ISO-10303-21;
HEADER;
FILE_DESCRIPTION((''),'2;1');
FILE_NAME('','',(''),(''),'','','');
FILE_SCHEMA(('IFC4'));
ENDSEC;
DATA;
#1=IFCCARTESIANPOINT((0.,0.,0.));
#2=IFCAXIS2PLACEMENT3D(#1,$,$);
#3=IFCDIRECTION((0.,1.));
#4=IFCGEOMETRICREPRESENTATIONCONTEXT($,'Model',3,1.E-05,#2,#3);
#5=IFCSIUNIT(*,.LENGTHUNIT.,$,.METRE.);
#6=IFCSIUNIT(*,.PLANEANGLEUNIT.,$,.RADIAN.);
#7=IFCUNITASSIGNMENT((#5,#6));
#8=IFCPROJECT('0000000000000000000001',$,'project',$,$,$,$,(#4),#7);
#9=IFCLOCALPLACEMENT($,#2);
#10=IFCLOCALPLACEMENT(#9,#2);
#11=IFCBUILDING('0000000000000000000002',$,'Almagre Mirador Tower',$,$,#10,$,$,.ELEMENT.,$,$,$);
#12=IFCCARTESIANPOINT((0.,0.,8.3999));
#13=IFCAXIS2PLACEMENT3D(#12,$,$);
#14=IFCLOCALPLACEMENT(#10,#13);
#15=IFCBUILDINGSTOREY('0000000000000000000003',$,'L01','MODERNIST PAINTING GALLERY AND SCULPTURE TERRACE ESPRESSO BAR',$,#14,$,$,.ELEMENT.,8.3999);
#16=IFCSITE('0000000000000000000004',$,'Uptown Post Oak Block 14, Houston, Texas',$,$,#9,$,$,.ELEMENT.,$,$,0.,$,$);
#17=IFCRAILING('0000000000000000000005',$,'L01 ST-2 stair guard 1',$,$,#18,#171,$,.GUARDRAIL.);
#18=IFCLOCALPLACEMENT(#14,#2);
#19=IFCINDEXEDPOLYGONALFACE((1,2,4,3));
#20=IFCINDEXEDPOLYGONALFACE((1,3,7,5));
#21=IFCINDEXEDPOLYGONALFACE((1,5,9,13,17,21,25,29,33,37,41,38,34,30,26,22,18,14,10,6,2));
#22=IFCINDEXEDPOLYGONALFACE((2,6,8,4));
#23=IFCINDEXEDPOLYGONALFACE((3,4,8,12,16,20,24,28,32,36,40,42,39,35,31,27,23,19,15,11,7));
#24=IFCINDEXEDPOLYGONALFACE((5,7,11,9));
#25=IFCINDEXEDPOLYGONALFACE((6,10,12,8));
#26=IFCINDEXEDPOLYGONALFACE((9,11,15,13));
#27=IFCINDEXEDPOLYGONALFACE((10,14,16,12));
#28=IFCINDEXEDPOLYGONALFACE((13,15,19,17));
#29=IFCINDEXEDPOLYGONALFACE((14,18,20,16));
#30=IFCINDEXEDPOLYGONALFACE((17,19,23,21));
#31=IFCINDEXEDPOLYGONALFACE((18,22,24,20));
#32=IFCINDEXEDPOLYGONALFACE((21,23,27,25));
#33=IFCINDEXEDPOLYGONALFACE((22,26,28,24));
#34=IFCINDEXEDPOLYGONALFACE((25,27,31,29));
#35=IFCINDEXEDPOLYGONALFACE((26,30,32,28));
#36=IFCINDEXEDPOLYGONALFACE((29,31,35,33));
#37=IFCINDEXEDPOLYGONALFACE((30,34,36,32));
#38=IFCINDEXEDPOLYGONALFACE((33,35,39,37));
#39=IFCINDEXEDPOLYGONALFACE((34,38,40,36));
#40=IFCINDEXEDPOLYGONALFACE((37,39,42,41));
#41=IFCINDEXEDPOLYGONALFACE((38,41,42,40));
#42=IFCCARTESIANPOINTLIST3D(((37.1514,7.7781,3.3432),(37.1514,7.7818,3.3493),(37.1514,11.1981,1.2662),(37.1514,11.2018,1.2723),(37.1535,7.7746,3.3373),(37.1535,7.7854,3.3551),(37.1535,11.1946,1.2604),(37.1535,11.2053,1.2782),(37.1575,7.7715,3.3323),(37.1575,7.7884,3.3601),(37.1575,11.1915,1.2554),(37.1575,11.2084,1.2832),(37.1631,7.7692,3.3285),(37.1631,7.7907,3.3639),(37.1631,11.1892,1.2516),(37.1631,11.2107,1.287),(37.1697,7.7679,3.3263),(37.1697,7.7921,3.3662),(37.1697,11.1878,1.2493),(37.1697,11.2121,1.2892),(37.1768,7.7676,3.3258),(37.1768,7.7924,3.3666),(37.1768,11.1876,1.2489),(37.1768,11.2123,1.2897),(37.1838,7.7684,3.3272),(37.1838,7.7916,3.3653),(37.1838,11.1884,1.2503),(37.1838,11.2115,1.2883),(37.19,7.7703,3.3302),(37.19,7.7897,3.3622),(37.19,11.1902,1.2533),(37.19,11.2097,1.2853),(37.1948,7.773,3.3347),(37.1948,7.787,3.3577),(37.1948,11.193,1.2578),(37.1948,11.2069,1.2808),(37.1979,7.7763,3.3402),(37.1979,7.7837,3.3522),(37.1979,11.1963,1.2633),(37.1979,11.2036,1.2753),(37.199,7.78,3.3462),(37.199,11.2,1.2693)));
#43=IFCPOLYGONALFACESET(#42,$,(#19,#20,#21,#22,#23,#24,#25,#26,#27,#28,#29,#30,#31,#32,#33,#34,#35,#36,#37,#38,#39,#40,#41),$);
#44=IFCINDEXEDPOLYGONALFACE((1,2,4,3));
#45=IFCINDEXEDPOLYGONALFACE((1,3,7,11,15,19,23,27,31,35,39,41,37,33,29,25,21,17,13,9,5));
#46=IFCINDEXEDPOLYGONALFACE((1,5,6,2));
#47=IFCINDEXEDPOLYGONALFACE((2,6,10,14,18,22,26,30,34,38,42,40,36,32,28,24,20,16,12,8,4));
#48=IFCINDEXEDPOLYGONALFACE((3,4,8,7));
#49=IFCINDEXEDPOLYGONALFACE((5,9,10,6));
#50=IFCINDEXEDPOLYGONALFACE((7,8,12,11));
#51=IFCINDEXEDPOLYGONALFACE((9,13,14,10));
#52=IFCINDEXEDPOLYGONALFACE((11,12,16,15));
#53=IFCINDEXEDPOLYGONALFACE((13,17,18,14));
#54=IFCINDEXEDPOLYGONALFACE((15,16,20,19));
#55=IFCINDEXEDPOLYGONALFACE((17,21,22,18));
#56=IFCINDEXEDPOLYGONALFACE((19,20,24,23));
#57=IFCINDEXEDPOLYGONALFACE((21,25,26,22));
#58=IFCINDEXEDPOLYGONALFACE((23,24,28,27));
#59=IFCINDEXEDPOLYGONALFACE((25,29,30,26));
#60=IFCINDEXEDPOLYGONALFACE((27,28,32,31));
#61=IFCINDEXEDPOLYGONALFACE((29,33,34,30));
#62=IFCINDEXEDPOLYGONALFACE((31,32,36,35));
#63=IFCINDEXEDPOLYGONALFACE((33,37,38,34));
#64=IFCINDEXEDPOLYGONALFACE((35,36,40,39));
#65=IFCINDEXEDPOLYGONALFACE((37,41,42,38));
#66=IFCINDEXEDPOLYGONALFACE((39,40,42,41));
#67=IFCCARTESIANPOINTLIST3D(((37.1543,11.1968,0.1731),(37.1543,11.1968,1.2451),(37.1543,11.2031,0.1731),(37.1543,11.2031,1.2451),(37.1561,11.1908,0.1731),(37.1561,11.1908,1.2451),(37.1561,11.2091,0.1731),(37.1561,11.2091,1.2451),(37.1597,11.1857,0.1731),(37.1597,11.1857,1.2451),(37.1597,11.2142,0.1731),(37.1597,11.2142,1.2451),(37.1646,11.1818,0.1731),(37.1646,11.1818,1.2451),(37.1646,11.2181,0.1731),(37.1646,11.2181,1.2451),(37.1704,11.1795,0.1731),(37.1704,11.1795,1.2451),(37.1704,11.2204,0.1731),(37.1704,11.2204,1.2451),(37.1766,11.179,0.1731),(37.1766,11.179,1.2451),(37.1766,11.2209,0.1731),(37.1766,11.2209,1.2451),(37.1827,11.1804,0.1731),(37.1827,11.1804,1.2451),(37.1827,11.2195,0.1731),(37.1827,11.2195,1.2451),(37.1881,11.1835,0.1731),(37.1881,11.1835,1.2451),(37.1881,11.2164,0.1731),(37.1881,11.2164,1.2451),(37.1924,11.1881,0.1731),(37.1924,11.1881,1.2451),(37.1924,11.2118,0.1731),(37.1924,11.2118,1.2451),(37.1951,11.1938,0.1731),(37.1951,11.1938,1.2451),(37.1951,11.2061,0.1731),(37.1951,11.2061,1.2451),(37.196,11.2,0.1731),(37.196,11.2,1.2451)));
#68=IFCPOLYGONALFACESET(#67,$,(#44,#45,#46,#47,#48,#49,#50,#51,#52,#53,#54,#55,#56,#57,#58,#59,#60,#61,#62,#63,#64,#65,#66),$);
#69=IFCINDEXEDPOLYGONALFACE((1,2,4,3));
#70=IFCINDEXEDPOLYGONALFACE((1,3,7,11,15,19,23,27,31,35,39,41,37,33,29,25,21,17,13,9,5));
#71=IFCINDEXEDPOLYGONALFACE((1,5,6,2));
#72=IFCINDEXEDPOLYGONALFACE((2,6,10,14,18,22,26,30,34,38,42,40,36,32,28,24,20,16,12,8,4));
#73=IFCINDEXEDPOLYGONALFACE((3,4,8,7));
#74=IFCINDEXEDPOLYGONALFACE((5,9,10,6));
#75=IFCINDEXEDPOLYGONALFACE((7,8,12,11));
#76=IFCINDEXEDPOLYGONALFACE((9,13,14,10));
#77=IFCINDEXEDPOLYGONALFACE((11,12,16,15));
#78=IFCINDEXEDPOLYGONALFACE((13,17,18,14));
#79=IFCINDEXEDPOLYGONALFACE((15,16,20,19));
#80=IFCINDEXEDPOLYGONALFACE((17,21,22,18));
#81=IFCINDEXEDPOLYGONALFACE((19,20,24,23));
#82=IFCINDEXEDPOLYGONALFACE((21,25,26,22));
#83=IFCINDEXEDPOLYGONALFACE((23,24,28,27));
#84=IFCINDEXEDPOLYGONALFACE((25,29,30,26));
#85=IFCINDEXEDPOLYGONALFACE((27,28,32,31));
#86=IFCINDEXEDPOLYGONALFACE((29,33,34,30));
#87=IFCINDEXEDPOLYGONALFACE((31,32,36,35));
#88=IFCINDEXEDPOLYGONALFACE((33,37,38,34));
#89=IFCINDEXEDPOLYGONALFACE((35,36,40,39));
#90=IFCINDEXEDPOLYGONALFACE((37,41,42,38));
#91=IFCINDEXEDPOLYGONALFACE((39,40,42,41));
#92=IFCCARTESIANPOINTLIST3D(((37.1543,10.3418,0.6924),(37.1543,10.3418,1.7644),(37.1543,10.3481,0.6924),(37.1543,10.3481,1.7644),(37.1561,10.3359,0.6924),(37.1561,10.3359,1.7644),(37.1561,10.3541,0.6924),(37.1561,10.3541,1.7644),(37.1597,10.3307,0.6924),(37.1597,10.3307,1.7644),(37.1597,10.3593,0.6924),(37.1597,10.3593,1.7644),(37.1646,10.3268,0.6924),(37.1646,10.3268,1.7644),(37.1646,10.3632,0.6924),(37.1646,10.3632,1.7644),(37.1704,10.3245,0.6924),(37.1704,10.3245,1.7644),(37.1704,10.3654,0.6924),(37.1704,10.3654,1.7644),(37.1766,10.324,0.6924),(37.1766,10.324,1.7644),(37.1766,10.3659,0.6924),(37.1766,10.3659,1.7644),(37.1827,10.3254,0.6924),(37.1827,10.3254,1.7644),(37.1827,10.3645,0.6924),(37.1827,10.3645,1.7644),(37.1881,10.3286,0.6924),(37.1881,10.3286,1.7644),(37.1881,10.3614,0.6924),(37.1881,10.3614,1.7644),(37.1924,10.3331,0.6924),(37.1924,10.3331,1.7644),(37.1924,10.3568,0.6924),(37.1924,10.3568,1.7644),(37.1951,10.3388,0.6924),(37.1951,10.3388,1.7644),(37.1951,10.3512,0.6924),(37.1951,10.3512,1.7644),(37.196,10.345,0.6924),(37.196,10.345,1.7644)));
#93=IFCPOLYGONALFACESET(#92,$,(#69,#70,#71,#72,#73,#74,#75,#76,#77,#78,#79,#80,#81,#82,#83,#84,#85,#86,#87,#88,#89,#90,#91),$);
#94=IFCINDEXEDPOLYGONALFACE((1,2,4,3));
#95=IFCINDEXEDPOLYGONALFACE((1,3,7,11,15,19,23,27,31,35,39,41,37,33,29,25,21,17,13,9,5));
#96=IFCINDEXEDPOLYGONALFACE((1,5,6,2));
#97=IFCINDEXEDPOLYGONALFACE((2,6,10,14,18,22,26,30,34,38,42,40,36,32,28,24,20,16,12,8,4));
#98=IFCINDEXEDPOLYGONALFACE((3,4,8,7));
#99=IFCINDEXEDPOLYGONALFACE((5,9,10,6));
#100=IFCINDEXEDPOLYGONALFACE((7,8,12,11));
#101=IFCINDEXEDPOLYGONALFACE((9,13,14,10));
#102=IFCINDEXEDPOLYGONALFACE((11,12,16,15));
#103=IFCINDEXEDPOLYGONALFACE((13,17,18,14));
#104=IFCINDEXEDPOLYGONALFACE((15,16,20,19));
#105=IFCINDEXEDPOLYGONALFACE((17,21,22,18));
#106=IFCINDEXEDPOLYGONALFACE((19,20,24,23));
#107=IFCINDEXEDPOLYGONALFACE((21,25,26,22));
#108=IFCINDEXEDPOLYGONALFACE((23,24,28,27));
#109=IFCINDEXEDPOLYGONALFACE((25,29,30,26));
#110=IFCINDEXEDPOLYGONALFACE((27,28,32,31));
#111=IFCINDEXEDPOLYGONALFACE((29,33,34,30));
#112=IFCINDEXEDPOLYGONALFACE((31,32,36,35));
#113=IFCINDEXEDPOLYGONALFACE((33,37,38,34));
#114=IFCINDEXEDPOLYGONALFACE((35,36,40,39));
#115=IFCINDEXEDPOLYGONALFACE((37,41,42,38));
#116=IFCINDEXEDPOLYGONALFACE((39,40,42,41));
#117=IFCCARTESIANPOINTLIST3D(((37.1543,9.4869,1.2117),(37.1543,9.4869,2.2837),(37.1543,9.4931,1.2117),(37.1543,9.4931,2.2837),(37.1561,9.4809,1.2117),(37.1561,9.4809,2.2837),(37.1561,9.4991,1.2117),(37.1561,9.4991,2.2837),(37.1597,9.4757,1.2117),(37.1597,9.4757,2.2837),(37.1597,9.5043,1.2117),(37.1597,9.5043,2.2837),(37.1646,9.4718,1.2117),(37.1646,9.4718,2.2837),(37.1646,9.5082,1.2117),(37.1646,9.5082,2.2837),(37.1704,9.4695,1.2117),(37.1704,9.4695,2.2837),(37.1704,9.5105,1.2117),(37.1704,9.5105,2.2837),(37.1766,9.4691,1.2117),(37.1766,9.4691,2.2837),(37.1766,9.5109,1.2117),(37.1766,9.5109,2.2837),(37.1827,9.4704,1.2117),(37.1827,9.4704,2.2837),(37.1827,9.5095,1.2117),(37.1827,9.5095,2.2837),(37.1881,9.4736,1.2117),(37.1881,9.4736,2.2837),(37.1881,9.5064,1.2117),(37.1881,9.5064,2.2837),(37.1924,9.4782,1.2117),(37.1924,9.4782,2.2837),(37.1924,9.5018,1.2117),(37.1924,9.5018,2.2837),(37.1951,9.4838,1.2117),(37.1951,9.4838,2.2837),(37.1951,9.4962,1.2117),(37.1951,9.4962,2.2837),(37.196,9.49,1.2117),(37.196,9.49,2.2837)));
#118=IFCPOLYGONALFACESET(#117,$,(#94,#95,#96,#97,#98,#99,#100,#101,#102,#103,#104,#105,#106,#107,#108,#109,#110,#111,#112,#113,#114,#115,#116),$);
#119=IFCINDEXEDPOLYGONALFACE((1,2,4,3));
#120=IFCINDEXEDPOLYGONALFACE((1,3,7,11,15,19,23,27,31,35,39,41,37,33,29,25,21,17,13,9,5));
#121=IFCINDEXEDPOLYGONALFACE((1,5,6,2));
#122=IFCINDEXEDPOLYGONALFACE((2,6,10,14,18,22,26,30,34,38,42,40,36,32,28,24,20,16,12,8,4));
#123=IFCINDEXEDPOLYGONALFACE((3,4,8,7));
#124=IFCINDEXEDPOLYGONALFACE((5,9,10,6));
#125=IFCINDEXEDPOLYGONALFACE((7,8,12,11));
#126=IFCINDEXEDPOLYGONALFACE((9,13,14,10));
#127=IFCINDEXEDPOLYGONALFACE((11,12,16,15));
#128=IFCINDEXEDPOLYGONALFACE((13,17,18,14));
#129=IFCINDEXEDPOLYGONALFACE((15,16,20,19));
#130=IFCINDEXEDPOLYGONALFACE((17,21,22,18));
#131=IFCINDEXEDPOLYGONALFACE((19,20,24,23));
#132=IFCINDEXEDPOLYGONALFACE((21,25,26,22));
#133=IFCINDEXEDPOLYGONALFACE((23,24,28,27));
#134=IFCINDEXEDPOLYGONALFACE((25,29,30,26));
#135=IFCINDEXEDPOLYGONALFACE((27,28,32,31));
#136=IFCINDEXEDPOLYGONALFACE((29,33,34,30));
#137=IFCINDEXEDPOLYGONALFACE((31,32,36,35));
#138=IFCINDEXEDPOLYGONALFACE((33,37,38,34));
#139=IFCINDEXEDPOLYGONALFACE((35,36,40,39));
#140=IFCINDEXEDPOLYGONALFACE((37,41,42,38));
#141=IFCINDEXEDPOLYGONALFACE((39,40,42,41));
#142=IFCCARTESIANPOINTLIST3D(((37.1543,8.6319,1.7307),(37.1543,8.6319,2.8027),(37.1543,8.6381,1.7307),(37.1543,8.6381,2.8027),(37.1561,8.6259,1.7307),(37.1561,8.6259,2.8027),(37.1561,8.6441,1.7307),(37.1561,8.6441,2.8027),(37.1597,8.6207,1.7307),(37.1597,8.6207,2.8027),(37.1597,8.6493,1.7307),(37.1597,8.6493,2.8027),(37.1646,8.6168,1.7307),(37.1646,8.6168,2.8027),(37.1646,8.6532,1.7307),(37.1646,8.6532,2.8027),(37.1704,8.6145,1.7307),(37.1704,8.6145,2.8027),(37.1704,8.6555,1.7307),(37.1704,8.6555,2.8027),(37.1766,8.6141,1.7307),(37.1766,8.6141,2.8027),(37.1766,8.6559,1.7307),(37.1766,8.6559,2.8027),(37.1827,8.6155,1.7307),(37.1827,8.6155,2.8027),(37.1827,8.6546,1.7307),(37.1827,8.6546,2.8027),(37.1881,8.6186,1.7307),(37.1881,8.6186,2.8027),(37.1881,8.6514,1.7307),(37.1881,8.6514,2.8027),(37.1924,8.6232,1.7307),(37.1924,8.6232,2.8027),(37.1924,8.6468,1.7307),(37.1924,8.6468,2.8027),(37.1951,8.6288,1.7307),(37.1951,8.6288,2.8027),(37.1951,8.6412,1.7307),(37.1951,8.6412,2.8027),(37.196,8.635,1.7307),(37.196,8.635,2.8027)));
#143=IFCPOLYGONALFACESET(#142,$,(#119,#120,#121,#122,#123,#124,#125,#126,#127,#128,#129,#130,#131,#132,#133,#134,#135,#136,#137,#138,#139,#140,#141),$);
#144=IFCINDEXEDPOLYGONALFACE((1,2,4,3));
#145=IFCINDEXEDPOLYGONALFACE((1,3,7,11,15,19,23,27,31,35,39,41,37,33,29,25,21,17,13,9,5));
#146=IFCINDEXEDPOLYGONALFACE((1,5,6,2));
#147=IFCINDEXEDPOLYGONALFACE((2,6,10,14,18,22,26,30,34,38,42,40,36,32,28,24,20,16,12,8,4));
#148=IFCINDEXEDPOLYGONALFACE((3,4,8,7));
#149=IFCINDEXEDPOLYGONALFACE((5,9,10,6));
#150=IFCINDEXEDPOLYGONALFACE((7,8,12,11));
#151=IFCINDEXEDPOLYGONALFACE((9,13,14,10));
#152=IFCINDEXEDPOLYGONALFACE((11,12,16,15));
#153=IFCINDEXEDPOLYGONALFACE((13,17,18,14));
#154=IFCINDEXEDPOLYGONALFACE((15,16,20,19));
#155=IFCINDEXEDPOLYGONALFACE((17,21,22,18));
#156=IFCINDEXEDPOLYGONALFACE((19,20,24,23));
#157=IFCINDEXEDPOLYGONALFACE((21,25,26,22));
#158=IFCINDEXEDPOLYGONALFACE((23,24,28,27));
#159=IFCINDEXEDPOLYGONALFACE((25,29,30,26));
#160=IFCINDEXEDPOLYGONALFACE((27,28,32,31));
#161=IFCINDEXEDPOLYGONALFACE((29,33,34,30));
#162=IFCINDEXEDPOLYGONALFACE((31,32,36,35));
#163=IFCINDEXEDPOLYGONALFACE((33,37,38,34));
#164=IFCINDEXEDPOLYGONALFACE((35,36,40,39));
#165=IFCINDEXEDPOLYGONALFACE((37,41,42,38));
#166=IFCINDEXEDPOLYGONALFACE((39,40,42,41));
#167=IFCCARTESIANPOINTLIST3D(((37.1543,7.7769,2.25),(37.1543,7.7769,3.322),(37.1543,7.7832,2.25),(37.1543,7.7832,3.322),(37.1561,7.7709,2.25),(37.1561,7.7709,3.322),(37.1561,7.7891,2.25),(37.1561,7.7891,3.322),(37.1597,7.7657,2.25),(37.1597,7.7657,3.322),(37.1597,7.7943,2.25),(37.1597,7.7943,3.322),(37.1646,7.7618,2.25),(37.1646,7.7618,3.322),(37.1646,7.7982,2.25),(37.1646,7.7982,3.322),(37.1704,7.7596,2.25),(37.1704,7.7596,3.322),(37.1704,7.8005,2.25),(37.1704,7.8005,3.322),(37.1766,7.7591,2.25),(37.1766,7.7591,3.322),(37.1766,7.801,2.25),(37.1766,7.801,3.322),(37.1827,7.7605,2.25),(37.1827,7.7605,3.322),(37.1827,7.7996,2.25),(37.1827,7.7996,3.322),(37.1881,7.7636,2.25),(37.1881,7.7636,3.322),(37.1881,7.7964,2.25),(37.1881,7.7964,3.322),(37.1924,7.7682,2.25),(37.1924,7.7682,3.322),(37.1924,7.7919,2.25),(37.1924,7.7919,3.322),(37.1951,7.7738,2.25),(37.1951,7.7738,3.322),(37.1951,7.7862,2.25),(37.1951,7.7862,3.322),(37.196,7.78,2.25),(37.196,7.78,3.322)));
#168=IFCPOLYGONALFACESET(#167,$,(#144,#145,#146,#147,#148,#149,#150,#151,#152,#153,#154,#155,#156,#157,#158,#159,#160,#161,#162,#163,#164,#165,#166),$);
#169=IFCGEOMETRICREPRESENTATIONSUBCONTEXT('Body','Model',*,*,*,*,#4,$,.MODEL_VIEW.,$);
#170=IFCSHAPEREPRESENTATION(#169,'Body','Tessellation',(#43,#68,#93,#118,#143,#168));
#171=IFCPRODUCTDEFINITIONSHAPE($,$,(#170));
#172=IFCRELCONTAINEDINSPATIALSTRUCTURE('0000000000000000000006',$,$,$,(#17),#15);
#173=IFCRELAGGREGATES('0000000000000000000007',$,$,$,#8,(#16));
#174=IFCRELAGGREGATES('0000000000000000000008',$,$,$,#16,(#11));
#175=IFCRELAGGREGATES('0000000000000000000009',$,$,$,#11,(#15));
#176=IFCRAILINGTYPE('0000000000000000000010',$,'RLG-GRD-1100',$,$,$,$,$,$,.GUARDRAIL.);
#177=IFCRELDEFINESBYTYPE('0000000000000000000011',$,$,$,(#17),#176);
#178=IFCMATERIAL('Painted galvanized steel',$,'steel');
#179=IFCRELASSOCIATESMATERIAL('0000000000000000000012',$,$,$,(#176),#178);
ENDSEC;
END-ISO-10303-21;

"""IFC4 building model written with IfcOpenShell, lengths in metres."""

from ifc_helpers import new_model, si_unit, direction, frame, origin, origin_2d, place, context, subcontext, project, spatial, circle, extrude, material, type_object, element, save


model = new_model("IFC4")

# Units and contexts
model_context = context("Model", 3, precision=1e-05, world=origin(), true_north=direction((0.0, 1.0)))
body_context = subcontext(model_context, "Body", "Model", "MODEL_VIEW")
ifc_project = project(units=[si_unit("LENGTHUNIT", "METRE"), si_unit("PLANEANGLEUNIT", "RADIAN")], contexts=[model_context])

# Site, building, storey
site_placement = place(None, origin())
site = spatial("IfcSite", under=ifc_project, at=site_placement, Name="Uptown Post Oak Block 14, Houston, Texas", CompositionType="ELEMENT", RefElevation=0.0)
building_placement = place(site_placement, origin())
building = spatial("IfcBuilding", under=site, at=building_placement, Name="Almagre Mirador Tower", CompositionType="ELEMENT")
storey_placement = place(building_placement, frame((0.0, 0.0, 8.3999)))
storey = spatial("IfcBuildingStorey", under=building, at=storey_placement, Name="L01", Description="MODERNIST PAINTING GALLERY AND SCULPTURE TERRACE ESPRESSO BAR", CompositionType="ELEMENT", Elevation=8.3999)

# Railing
ifc_material_1 = material(Name="Painted galvanized steel", Category="steel")
railing_type_1 = type_object("IfcRailingType", Name="RLG-GRD-1100", PredefinedType="GUARDRAIL", material=ifc_material_1)
railing_1_placement = place(storey_placement, frame((37.175, 11.2, 0.1731)))
element("IfcRailing", 1, at=railing_1_placement, inside=storey, type_object=railing_type_1, Name="L01 ST-2 stair guard 1", PredefinedType="GUARDRAIL", context=body_context, shape_type="SweptSolid", body=[
    extrude(circle(Radius=0.0239, at=origin_2d()), frame((0.0, 0.0, 1.0962), z_axis=(0.0, -0.85473, 0.519074), x_axis=(1.0, 0.0, 0.0)), (0.0, 0.0, 1.0), 4.0012),
    extrude(circle(Radius=0.021, at=origin_2d()), origin(), (0.0, 0.0, 1.0), 1.072),
    extrude(circle(Radius=0.021, at=origin_2d()), frame((0.0, -0.855, 0.5193)), (0.0, 0.0, 1.0), 1.072),
    extrude(circle(Radius=0.021, at=origin_2d()), frame((0.0, -1.71, 1.0386)), (0.0, 0.0, 1.0), 1.072),
    extrude(circle(Radius=0.021, at=origin_2d()), frame((0.0, -2.5649, 1.5576)), (0.0, 0.0, 1.0), 1.072),
    extrude(circle(Radius=0.021, at=origin_2d()), frame((0.0, -3.4199, 2.0769)), (0.0, 0.0, 1.0), 1.072),
])

save(model, "model.ifc")
